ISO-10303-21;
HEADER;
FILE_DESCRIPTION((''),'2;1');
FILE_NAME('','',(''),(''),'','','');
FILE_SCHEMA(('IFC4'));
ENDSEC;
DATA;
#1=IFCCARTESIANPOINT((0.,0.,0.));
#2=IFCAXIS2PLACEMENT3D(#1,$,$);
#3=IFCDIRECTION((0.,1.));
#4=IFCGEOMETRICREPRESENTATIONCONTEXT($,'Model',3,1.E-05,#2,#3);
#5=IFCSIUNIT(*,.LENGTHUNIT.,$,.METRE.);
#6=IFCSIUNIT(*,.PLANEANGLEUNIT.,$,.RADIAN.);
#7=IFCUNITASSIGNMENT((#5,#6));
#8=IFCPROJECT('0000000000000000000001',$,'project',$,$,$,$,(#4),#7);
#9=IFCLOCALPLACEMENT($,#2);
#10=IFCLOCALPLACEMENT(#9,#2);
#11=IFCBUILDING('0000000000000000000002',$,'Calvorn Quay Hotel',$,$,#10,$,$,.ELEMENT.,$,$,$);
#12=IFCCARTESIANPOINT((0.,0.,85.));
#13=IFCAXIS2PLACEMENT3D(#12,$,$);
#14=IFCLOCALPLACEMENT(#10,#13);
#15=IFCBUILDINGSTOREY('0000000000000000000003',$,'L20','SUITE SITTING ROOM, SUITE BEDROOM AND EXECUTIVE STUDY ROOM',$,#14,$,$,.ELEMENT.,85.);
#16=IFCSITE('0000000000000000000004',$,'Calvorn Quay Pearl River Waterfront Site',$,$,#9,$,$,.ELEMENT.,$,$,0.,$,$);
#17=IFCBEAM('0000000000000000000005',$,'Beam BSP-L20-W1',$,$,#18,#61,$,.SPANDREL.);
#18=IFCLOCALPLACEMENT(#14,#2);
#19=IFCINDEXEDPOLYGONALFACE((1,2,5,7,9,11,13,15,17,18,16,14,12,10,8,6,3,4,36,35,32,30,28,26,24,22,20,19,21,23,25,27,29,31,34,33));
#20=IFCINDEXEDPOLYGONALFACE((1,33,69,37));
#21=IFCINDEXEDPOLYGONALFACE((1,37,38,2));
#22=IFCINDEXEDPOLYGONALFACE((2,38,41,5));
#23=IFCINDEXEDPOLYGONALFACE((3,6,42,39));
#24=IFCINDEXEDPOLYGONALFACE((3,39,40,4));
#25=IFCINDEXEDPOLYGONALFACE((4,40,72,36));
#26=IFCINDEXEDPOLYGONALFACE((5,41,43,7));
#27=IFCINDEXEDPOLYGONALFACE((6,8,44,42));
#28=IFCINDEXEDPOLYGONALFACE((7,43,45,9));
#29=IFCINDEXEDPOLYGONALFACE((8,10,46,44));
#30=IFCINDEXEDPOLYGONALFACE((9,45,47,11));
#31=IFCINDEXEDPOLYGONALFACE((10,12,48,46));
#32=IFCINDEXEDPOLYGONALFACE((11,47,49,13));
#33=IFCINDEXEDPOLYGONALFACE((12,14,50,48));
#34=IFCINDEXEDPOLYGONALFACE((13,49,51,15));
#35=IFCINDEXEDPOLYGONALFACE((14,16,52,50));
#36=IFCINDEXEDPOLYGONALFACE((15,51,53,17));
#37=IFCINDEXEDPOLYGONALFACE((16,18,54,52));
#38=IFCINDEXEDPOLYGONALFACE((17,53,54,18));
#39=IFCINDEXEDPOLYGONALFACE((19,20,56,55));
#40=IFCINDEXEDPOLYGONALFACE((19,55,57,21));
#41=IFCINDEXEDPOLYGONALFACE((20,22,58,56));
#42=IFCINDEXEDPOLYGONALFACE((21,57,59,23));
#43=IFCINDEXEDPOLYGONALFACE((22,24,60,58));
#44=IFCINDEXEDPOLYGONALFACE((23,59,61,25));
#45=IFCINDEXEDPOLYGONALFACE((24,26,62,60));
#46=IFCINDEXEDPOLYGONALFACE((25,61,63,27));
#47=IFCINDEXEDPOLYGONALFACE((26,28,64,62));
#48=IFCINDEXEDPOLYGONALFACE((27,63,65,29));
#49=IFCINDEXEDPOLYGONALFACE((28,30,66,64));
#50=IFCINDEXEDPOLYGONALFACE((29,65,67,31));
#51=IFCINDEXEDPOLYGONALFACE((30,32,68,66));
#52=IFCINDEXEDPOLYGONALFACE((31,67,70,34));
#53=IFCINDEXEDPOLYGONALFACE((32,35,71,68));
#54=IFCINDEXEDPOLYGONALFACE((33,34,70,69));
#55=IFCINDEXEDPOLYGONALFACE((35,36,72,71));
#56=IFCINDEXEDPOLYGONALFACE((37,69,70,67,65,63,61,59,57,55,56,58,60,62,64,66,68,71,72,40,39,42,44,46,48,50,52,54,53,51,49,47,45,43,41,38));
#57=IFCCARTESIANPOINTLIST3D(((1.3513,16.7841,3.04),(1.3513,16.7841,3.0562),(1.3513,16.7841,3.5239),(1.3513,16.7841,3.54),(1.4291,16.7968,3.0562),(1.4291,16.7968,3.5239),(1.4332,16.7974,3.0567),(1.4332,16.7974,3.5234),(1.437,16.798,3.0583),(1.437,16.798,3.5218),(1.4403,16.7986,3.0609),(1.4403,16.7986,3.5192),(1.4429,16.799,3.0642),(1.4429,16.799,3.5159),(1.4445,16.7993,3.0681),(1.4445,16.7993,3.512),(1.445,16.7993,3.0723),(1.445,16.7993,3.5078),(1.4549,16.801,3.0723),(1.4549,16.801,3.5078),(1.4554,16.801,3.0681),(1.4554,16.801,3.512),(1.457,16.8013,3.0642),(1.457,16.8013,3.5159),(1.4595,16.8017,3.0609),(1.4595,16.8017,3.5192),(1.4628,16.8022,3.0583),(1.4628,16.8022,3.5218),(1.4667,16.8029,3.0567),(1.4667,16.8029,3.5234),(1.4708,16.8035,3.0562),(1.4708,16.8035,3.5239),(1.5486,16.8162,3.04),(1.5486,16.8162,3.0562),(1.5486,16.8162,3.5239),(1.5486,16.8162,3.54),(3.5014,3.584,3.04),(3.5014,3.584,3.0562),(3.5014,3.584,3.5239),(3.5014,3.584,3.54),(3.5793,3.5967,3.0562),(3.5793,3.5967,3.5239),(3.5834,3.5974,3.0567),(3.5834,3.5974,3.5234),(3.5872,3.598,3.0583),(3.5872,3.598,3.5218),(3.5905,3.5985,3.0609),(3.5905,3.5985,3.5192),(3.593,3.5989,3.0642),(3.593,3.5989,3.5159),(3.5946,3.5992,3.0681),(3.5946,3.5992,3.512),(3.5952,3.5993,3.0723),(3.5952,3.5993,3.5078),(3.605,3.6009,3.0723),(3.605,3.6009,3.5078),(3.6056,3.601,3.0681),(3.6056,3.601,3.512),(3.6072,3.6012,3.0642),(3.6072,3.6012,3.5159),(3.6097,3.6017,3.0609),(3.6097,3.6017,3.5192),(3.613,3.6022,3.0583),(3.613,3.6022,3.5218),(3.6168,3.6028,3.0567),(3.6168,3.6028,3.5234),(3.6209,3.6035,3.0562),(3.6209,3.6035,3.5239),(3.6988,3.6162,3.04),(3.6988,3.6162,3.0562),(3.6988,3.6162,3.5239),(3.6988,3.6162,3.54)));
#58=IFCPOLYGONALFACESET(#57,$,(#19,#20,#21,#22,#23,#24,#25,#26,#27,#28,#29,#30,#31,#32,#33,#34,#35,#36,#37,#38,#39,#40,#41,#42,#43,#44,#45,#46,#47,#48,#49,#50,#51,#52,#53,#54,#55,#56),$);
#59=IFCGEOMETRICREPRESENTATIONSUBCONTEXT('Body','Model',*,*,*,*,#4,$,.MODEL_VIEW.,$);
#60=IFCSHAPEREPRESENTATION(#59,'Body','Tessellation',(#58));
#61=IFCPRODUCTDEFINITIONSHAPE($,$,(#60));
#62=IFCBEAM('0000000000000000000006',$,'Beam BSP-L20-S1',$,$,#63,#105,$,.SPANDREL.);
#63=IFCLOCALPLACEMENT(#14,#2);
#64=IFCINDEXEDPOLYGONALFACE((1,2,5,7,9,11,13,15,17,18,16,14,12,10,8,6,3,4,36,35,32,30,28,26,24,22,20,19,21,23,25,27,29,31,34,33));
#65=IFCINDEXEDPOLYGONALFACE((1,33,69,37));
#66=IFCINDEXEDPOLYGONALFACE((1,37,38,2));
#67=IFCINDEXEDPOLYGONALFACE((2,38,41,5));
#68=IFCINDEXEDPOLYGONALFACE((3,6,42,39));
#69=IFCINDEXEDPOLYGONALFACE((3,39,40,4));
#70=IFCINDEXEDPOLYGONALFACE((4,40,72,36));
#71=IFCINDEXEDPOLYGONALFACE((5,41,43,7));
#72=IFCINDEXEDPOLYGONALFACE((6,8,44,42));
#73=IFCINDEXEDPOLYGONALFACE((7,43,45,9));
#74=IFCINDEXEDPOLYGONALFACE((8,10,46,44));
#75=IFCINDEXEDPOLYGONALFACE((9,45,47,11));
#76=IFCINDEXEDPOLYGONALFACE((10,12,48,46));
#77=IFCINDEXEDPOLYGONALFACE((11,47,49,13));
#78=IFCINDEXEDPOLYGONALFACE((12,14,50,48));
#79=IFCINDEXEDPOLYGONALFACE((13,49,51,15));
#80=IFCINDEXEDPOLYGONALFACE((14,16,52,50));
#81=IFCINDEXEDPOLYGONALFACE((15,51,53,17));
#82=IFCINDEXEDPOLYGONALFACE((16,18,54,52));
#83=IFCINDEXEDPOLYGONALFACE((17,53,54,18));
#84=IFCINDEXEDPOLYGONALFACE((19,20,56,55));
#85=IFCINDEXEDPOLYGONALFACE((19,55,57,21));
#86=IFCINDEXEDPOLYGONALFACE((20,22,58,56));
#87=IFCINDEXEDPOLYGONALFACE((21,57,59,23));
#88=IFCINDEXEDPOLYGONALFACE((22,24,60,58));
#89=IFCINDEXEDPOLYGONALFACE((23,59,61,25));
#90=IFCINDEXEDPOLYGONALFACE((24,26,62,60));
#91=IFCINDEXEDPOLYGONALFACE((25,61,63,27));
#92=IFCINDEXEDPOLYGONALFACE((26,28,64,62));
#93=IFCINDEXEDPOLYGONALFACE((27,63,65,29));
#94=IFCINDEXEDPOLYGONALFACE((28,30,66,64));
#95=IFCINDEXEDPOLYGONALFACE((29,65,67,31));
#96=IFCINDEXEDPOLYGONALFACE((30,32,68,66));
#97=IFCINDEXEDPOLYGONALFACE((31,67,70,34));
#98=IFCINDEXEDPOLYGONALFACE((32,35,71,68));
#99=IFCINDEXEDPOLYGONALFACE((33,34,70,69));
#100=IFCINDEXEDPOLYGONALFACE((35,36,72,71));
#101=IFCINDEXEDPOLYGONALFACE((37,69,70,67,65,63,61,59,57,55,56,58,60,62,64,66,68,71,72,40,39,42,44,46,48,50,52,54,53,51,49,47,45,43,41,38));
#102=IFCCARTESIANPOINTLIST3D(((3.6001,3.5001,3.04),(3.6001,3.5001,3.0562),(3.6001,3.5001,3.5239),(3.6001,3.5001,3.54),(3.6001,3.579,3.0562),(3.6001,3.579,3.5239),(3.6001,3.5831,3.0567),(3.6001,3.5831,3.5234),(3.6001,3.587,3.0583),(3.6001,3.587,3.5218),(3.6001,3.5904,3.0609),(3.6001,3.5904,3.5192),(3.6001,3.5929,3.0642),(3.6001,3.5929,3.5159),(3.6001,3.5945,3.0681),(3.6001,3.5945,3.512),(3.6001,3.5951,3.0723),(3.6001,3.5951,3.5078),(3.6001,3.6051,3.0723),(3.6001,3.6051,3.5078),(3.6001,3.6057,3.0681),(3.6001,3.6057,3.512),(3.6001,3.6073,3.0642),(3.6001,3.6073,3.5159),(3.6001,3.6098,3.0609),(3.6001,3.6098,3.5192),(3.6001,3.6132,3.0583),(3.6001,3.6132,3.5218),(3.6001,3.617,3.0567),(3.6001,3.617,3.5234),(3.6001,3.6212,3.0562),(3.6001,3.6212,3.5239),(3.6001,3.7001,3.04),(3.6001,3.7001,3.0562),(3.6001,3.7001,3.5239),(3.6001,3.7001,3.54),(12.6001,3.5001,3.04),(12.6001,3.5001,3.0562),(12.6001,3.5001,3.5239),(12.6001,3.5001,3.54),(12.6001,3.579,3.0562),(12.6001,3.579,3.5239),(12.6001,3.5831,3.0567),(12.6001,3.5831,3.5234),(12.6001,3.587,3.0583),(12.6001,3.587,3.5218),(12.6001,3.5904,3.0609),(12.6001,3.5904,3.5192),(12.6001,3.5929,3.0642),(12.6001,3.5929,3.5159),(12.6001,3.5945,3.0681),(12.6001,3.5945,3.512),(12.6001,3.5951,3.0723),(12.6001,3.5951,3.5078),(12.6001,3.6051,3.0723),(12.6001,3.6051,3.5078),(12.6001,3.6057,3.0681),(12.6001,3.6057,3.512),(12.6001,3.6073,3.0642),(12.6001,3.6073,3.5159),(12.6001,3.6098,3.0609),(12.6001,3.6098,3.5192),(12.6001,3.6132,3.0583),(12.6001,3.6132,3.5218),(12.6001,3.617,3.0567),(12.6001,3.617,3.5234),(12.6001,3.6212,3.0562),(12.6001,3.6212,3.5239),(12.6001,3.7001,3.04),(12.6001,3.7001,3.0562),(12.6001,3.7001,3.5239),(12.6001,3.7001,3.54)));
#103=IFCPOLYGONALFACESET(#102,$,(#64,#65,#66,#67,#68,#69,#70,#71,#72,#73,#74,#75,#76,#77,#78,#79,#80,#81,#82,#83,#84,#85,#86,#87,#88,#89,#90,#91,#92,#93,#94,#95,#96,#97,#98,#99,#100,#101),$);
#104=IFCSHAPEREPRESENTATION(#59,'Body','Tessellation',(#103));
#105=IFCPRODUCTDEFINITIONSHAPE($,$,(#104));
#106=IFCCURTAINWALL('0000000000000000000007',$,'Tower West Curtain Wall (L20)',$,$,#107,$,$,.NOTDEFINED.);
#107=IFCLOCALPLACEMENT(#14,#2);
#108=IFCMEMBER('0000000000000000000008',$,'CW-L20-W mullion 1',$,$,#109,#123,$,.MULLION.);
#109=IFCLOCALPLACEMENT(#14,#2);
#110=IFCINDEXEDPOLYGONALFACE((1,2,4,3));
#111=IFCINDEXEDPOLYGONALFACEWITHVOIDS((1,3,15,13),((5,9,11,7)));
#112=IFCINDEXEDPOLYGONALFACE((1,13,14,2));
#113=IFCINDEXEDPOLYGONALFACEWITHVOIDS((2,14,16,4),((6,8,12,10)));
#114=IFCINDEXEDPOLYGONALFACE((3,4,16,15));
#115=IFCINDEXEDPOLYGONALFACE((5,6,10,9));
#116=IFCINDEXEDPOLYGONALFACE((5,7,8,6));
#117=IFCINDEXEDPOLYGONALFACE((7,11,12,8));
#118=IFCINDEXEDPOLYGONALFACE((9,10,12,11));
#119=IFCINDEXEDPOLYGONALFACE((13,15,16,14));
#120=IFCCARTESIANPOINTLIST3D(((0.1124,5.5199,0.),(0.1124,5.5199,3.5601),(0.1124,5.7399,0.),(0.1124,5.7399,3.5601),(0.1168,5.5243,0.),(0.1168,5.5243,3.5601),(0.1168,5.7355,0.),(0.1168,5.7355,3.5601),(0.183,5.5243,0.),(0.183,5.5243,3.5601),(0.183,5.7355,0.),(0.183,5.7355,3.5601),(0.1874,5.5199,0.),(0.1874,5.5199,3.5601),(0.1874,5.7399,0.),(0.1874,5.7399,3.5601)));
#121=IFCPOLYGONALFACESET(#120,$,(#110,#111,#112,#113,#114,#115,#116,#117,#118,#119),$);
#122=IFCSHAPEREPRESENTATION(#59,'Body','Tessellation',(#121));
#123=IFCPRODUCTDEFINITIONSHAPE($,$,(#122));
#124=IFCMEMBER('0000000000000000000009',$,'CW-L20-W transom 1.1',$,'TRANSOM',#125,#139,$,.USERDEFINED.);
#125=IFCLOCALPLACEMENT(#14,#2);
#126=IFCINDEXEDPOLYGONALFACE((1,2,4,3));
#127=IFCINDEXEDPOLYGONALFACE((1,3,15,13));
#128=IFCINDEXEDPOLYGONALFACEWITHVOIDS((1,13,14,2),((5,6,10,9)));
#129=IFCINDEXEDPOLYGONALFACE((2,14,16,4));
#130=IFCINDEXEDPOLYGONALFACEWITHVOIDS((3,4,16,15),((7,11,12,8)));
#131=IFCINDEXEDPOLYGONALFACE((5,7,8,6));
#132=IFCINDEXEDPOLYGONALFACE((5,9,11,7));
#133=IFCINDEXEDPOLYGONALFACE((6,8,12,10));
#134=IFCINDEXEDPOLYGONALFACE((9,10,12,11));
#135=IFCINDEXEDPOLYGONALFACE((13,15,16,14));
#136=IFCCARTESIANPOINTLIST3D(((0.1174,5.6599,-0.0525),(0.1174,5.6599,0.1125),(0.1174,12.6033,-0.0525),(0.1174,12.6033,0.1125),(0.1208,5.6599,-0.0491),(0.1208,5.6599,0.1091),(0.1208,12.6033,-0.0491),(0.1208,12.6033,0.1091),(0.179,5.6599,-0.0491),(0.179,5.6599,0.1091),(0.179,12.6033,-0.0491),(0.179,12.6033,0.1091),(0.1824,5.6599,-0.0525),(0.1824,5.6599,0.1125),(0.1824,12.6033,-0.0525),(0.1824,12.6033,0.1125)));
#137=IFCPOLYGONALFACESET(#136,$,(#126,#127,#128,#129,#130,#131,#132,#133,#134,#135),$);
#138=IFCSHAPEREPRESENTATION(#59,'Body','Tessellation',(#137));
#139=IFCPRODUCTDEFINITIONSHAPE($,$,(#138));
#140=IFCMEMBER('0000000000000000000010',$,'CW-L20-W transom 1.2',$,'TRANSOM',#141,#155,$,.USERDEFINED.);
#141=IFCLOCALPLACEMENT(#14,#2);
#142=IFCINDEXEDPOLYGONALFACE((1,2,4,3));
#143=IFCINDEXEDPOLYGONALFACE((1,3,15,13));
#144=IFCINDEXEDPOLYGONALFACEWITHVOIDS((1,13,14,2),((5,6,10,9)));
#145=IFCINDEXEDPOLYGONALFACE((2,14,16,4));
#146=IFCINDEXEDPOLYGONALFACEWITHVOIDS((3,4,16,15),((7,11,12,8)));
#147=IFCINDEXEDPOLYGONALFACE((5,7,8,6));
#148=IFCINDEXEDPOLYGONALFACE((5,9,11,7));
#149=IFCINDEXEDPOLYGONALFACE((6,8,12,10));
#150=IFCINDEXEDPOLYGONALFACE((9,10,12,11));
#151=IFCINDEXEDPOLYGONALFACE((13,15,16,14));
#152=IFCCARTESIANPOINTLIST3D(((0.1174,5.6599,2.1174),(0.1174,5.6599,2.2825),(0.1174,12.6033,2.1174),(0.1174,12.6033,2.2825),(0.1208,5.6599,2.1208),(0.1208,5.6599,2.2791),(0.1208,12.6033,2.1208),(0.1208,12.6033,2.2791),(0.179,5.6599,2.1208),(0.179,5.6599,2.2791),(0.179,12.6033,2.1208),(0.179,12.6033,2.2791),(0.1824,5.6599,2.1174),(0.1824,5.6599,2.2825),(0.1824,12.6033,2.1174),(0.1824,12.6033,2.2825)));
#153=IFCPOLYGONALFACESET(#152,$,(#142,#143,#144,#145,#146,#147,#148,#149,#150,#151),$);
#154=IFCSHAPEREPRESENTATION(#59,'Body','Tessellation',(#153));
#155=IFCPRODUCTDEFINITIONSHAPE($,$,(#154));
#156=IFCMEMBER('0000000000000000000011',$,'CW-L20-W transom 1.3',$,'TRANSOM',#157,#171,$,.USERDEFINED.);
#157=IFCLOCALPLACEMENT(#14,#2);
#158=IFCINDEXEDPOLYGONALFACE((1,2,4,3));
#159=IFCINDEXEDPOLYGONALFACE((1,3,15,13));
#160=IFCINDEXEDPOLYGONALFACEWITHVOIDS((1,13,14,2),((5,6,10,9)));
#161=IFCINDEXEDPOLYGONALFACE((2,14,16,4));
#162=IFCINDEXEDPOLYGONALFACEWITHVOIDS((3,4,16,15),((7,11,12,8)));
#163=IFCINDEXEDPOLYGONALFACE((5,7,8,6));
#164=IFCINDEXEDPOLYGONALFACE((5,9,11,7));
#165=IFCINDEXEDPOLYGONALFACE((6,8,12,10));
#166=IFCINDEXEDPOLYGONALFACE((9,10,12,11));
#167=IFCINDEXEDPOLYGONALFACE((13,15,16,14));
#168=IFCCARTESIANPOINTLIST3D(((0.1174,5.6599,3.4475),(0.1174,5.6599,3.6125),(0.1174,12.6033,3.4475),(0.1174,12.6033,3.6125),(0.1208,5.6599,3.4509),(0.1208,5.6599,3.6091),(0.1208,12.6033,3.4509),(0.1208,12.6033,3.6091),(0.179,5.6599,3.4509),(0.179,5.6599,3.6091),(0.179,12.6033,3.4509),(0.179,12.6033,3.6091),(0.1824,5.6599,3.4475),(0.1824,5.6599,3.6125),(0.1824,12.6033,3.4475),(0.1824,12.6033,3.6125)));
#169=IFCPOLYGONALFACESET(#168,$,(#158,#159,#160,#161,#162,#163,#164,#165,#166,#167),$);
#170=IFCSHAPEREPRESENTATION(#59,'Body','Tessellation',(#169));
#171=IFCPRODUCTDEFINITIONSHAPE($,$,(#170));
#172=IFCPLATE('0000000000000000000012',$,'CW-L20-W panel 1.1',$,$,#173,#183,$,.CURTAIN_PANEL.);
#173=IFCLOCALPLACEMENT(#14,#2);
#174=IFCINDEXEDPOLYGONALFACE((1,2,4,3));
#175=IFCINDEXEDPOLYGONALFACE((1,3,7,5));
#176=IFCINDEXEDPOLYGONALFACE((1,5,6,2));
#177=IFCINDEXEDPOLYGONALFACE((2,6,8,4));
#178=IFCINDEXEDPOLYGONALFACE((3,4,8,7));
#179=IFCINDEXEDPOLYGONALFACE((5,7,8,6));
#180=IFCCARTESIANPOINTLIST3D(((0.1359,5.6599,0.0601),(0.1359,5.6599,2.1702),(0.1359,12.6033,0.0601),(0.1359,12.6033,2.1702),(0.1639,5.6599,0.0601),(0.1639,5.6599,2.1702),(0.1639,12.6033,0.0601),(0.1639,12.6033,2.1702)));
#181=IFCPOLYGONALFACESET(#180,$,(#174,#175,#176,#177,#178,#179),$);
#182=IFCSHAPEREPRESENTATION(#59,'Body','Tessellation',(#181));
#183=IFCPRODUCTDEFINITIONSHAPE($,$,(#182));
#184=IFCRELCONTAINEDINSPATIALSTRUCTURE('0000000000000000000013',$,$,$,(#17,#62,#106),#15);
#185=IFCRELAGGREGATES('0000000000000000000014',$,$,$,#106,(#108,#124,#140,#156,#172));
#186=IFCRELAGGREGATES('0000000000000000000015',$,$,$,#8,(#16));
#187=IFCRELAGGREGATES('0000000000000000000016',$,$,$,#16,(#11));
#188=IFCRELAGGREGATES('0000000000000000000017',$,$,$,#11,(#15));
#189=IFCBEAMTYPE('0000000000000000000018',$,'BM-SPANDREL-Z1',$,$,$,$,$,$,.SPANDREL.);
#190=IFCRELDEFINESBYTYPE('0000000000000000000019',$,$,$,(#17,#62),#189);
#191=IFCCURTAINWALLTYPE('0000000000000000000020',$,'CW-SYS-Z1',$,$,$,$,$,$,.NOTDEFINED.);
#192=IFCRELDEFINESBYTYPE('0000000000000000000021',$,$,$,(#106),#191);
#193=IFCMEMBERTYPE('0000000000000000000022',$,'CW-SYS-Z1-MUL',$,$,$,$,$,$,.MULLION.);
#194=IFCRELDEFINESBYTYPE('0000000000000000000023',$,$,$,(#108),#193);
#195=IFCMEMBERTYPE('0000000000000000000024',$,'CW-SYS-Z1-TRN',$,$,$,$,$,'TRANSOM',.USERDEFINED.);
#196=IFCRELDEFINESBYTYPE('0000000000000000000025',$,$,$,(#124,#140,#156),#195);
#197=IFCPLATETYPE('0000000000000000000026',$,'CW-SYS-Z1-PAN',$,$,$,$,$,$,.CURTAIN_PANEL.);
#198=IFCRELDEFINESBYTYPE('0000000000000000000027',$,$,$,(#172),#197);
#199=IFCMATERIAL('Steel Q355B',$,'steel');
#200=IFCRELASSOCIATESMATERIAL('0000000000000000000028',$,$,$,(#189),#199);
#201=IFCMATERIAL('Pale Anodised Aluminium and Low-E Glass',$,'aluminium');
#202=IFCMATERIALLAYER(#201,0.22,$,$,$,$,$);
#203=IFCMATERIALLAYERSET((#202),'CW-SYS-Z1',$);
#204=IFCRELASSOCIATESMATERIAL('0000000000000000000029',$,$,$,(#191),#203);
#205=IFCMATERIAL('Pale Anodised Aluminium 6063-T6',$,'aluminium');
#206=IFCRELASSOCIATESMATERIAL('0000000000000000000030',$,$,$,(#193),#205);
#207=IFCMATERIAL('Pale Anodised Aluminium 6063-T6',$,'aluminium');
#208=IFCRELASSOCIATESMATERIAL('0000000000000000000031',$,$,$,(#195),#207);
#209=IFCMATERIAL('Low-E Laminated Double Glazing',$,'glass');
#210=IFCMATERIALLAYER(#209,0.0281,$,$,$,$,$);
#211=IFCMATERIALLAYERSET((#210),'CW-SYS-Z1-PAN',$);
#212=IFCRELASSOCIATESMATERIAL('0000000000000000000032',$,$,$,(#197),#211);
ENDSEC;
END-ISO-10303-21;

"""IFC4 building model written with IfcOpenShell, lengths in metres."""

from ifc_helpers import new_model, si_unit, direction, frame, origin, origin_2d, place, context, subcontext, project, spatial, rectangle, hollow_rectangle, i_section, extrude, material, layer, layer_set, material_profile, profile_set, type_object, element, aggregate, save


model = new_model("IFC4")

# Units and contexts
model_context = context("Model", 3, precision=1e-05, world=origin(), true_north=direction((0.0, 1.0)))
body_context = subcontext(model_context, "Body", "Model", "MODEL_VIEW")
ifc_project = project(units=[si_unit("LENGTHUNIT", "METRE"), si_unit("PLANEANGLEUNIT", "RADIAN")], contexts=[model_context])

# Site, building, storey
site_placement = place(None, origin())
site = spatial("IfcSite", under=ifc_project, at=site_placement, Name="Calvorn Quay Pearl River Waterfront Site", CompositionType="ELEMENT", RefElevation=0.0)
building_placement = place(site_placement, origin())
building = spatial("IfcBuilding", under=site, at=building_placement, Name="Calvorn Quay Hotel", CompositionType="ELEMENT")
storey_placement = place(building_placement, frame((0.0, 0.0, 85.0)))
storey = spatial("IfcBuildingStorey", under=building, at=storey_placement, Name="L20", Description="SUITE SITTING ROOM, SUITE BEDROOM AND EXECUTIVE STUDY ROOM", CompositionType="ELEMENT", Elevation=85.0)

# Beams
ifc_material_1 = material(Name="Steel Q355B", Category="steel")
ifc_material_profile_1 = material_profile(ifc_material_1, i_section(OverallWidth=0.2, OverallDepth=0.5, WebThickness=0.01, FlangeThickness=0.0161, FilletRadius=0.0161, at=origin_2d()), Name="HN500x200x10x16")
ifc_profile_set_1 = profile_set([ifc_material_profile_1], Name="Steel Q355B")
beam_type_1 = type_object("IfcBeamType", Name="BM-SPANDREL-Z1", PredefinedType="SPANDREL", material=ifc_profile_set_1)
beam_1_placement = place(storey_placement, frame((3.6001, 3.6001, 3.29), z_axis=(-0.160772, 0.986992, 0.0), x_axis=(-0.986992, -0.160772, 0.0)))
element("IfcBeam", 1, at=beam_1_placement, inside=storey, type_object=beam_type_1, Name="Beam BSP-L20-W1", PredefinedType="SPANDREL", context=body_context, shape_type="SweptSolid", body=[
    extrude(i_section(OverallWidth=0.2, OverallDepth=0.5, WebThickness=0.01, FlangeThickness=0.0161, FilletRadius=0.0161, at=origin_2d()), origin(), (0.0, 0.0, 1.0), 13.374),
])
beam_2_placement = place(storey_placement, frame((3.6001, 3.6001, 3.29), z_axis=(1.0, 0.0, 0.0), x_axis=(0.0, 1.0, 0.0)))
element("IfcBeam", 2, at=beam_2_placement, inside=storey, type_object=beam_type_1, Name="Beam BSP-L20-S1", PredefinedType="SPANDREL", context=body_context, shape_type="SweptSolid", body=[
    extrude(i_section(OverallWidth=0.2, OverallDepth=0.5, WebThickness=0.01, FlangeThickness=0.0161, FilletRadius=0.0161, at=origin_2d()), origin(), (0.0, 0.0, 1.0), 9.0),
])

# Curtain wall, members, plate
ifc_material_2 = material(Name="Pale Anodised Aluminium and Low-E Glass", Category="aluminium")
ifc_layer_1 = layer(ifc_material_2, 0.22)
ifc_layer_set_1 = layer_set([ifc_layer_1], Name="CW-SYS-Z1")
curtain_wall_type = type_object("IfcCurtainWallType", Name="CW-SYS-Z1", PredefinedType="NOTDEFINED", material=ifc_layer_set_1)
curtain_wall_placement = place(storey_placement, origin())
curtain_wall = element("IfcCurtainWall", 3, at=curtain_wall_placement, inside=storey, type_object=curtain_wall_type, Name="Tower West Curtain Wall (L20)", PredefinedType="NOTDEFINED")
ifc_material_3 = material(Name="Pale Anodised Aluminium 6063-T6", Category="aluminium")
ifc_material_profile_2 = material_profile(ifc_material_3, hollow_rectangle(XDim=0.075, YDim=0.22, WallThickness=0.0044, at=origin_2d()), Name="ALU-M220x75x4.5")
ifc_profile_set_2 = profile_set([ifc_material_profile_2], Name="Pale Anodised Aluminium 6063-T6")
member_type_1 = type_object("IfcMemberType", Name="CW-SYS-Z1-MUL", PredefinedType="MULLION", material=ifc_profile_set_2)
member_1_placement = place(storey_placement, frame((0.1499, 5.6299, 0.0), z_axis=(0.0, 0.0, 1.0), x_axis=(-1.0, 0.0, 0.0)))
member_1 = element("IfcMember", 4, at=member_1_placement, type_object=member_type_1, Name="CW-L20-W mullion 1", PredefinedType="MULLION", context=body_context, shape_type="SweptSolid", body=[
    extrude(hollow_rectangle(XDim=0.075, YDim=0.22, WallThickness=0.0044, at=origin_2d()), origin(), (0.0, 0.0, 1.0), 3.5601),
])
ifc_material_4 = material(Name="Pale Anodised Aluminium 6063-T6", Category="aluminium")
ifc_material_profile_3 = material_profile(ifc_material_4, hollow_rectangle(XDim=0.0649, YDim=0.165, WallThickness=0.0034, at=origin_2d()), Name="ALU-T165x65x3.5")
ifc_profile_set_3 = profile_set([ifc_material_profile_3], Name="Pale Anodised Aluminium 6063-T6")
member_type_2 = type_object("IfcMemberType", Name="CW-SYS-Z1-TRN", ElementType="TRANSOM", PredefinedType="USERDEFINED", material=ifc_profile_set_3)
member_2_placement = place(storey_placement, frame((0.1499, 5.6599, 0.03), z_axis=(0.0, 1.0, 0.0), x_axis=(-1.0, 0.0, 0.0)))
member_2 = element("IfcMember", 5, at=member_2_placement, type_object=member_type_2, Name="CW-L20-W transom 1.1", ObjectType="TRANSOM", PredefinedType="USERDEFINED", context=body_context, shape_type="SweptSolid", body=[
    extrude(hollow_rectangle(XDim=0.0649, YDim=0.165, WallThickness=0.0034, at=origin_2d()), origin(), (0.0, 0.0, 1.0), 6.9434),
])
member_3_placement = place(storey_placement, frame((0.1499, 5.6599, 2.2), z_axis=(0.0, 1.0, 0.0), x_axis=(-1.0, 0.0, 0.0)))
member_3 = element("IfcMember", 6, at=member_3_placement, type_object=member_type_2, Name="CW-L20-W transom 1.2", ObjectType="TRANSOM", PredefinedType="USERDEFINED", context=body_context, shape_type="SweptSolid", body=[
    extrude(hollow_rectangle(XDim=0.0649, YDim=0.165, WallThickness=0.0034, at=origin_2d()), origin(), (0.0, 0.0, 1.0), 6.9434),
])
member_4_placement = place(storey_placement, frame((0.1499, 5.6599, 3.53), z_axis=(0.0, 1.0, 0.0), x_axis=(-1.0, 0.0, 0.0)))
member_4 = element("IfcMember", 7, at=member_4_placement, type_object=member_type_2, Name="CW-L20-W transom 1.3", ObjectType="TRANSOM", PredefinedType="USERDEFINED", context=body_context, shape_type="SweptSolid", body=[
    extrude(hollow_rectangle(XDim=0.0649, YDim=0.165, WallThickness=0.0034, at=origin_2d()), origin(), (0.0, 0.0, 1.0), 6.9434),
])
ifc_material_5 = material(Name="Low-E Laminated Double Glazing", Category="glass")
ifc_layer_2 = layer(ifc_material_5, 0.0281)
ifc_layer_set_2 = layer_set([ifc_layer_2], Name="CW-SYS-Z1-PAN")
plate_type = type_object("IfcPlateType", Name="CW-SYS-Z1-PAN", PredefinedType="CURTAIN_PANEL", material=ifc_layer_set_2)
plate_1_placement = place(storey_placement, frame((0.1499, 9.1316, 0.0601), z_axis=(0.0, 0.0, 1.0), x_axis=(0.0, 1.0, 0.0)))
plate_1 = element("IfcPlate", 8, at=plate_1_placement, type_object=plate_type, Name="CW-L20-W panel 1.1", PredefinedType="CURTAIN_PANEL", context=body_context, shape_type="SweptSolid", body=[
    extrude(rectangle(XDim=6.9434, YDim=0.0281, at=origin_2d()), origin(), (0.0, 0.0, 1.0), 2.1101),
])
aggregate(curtain_wall, [member_1, member_2, member_3, member_4, plate_1])

save(model, "model.ifc")
